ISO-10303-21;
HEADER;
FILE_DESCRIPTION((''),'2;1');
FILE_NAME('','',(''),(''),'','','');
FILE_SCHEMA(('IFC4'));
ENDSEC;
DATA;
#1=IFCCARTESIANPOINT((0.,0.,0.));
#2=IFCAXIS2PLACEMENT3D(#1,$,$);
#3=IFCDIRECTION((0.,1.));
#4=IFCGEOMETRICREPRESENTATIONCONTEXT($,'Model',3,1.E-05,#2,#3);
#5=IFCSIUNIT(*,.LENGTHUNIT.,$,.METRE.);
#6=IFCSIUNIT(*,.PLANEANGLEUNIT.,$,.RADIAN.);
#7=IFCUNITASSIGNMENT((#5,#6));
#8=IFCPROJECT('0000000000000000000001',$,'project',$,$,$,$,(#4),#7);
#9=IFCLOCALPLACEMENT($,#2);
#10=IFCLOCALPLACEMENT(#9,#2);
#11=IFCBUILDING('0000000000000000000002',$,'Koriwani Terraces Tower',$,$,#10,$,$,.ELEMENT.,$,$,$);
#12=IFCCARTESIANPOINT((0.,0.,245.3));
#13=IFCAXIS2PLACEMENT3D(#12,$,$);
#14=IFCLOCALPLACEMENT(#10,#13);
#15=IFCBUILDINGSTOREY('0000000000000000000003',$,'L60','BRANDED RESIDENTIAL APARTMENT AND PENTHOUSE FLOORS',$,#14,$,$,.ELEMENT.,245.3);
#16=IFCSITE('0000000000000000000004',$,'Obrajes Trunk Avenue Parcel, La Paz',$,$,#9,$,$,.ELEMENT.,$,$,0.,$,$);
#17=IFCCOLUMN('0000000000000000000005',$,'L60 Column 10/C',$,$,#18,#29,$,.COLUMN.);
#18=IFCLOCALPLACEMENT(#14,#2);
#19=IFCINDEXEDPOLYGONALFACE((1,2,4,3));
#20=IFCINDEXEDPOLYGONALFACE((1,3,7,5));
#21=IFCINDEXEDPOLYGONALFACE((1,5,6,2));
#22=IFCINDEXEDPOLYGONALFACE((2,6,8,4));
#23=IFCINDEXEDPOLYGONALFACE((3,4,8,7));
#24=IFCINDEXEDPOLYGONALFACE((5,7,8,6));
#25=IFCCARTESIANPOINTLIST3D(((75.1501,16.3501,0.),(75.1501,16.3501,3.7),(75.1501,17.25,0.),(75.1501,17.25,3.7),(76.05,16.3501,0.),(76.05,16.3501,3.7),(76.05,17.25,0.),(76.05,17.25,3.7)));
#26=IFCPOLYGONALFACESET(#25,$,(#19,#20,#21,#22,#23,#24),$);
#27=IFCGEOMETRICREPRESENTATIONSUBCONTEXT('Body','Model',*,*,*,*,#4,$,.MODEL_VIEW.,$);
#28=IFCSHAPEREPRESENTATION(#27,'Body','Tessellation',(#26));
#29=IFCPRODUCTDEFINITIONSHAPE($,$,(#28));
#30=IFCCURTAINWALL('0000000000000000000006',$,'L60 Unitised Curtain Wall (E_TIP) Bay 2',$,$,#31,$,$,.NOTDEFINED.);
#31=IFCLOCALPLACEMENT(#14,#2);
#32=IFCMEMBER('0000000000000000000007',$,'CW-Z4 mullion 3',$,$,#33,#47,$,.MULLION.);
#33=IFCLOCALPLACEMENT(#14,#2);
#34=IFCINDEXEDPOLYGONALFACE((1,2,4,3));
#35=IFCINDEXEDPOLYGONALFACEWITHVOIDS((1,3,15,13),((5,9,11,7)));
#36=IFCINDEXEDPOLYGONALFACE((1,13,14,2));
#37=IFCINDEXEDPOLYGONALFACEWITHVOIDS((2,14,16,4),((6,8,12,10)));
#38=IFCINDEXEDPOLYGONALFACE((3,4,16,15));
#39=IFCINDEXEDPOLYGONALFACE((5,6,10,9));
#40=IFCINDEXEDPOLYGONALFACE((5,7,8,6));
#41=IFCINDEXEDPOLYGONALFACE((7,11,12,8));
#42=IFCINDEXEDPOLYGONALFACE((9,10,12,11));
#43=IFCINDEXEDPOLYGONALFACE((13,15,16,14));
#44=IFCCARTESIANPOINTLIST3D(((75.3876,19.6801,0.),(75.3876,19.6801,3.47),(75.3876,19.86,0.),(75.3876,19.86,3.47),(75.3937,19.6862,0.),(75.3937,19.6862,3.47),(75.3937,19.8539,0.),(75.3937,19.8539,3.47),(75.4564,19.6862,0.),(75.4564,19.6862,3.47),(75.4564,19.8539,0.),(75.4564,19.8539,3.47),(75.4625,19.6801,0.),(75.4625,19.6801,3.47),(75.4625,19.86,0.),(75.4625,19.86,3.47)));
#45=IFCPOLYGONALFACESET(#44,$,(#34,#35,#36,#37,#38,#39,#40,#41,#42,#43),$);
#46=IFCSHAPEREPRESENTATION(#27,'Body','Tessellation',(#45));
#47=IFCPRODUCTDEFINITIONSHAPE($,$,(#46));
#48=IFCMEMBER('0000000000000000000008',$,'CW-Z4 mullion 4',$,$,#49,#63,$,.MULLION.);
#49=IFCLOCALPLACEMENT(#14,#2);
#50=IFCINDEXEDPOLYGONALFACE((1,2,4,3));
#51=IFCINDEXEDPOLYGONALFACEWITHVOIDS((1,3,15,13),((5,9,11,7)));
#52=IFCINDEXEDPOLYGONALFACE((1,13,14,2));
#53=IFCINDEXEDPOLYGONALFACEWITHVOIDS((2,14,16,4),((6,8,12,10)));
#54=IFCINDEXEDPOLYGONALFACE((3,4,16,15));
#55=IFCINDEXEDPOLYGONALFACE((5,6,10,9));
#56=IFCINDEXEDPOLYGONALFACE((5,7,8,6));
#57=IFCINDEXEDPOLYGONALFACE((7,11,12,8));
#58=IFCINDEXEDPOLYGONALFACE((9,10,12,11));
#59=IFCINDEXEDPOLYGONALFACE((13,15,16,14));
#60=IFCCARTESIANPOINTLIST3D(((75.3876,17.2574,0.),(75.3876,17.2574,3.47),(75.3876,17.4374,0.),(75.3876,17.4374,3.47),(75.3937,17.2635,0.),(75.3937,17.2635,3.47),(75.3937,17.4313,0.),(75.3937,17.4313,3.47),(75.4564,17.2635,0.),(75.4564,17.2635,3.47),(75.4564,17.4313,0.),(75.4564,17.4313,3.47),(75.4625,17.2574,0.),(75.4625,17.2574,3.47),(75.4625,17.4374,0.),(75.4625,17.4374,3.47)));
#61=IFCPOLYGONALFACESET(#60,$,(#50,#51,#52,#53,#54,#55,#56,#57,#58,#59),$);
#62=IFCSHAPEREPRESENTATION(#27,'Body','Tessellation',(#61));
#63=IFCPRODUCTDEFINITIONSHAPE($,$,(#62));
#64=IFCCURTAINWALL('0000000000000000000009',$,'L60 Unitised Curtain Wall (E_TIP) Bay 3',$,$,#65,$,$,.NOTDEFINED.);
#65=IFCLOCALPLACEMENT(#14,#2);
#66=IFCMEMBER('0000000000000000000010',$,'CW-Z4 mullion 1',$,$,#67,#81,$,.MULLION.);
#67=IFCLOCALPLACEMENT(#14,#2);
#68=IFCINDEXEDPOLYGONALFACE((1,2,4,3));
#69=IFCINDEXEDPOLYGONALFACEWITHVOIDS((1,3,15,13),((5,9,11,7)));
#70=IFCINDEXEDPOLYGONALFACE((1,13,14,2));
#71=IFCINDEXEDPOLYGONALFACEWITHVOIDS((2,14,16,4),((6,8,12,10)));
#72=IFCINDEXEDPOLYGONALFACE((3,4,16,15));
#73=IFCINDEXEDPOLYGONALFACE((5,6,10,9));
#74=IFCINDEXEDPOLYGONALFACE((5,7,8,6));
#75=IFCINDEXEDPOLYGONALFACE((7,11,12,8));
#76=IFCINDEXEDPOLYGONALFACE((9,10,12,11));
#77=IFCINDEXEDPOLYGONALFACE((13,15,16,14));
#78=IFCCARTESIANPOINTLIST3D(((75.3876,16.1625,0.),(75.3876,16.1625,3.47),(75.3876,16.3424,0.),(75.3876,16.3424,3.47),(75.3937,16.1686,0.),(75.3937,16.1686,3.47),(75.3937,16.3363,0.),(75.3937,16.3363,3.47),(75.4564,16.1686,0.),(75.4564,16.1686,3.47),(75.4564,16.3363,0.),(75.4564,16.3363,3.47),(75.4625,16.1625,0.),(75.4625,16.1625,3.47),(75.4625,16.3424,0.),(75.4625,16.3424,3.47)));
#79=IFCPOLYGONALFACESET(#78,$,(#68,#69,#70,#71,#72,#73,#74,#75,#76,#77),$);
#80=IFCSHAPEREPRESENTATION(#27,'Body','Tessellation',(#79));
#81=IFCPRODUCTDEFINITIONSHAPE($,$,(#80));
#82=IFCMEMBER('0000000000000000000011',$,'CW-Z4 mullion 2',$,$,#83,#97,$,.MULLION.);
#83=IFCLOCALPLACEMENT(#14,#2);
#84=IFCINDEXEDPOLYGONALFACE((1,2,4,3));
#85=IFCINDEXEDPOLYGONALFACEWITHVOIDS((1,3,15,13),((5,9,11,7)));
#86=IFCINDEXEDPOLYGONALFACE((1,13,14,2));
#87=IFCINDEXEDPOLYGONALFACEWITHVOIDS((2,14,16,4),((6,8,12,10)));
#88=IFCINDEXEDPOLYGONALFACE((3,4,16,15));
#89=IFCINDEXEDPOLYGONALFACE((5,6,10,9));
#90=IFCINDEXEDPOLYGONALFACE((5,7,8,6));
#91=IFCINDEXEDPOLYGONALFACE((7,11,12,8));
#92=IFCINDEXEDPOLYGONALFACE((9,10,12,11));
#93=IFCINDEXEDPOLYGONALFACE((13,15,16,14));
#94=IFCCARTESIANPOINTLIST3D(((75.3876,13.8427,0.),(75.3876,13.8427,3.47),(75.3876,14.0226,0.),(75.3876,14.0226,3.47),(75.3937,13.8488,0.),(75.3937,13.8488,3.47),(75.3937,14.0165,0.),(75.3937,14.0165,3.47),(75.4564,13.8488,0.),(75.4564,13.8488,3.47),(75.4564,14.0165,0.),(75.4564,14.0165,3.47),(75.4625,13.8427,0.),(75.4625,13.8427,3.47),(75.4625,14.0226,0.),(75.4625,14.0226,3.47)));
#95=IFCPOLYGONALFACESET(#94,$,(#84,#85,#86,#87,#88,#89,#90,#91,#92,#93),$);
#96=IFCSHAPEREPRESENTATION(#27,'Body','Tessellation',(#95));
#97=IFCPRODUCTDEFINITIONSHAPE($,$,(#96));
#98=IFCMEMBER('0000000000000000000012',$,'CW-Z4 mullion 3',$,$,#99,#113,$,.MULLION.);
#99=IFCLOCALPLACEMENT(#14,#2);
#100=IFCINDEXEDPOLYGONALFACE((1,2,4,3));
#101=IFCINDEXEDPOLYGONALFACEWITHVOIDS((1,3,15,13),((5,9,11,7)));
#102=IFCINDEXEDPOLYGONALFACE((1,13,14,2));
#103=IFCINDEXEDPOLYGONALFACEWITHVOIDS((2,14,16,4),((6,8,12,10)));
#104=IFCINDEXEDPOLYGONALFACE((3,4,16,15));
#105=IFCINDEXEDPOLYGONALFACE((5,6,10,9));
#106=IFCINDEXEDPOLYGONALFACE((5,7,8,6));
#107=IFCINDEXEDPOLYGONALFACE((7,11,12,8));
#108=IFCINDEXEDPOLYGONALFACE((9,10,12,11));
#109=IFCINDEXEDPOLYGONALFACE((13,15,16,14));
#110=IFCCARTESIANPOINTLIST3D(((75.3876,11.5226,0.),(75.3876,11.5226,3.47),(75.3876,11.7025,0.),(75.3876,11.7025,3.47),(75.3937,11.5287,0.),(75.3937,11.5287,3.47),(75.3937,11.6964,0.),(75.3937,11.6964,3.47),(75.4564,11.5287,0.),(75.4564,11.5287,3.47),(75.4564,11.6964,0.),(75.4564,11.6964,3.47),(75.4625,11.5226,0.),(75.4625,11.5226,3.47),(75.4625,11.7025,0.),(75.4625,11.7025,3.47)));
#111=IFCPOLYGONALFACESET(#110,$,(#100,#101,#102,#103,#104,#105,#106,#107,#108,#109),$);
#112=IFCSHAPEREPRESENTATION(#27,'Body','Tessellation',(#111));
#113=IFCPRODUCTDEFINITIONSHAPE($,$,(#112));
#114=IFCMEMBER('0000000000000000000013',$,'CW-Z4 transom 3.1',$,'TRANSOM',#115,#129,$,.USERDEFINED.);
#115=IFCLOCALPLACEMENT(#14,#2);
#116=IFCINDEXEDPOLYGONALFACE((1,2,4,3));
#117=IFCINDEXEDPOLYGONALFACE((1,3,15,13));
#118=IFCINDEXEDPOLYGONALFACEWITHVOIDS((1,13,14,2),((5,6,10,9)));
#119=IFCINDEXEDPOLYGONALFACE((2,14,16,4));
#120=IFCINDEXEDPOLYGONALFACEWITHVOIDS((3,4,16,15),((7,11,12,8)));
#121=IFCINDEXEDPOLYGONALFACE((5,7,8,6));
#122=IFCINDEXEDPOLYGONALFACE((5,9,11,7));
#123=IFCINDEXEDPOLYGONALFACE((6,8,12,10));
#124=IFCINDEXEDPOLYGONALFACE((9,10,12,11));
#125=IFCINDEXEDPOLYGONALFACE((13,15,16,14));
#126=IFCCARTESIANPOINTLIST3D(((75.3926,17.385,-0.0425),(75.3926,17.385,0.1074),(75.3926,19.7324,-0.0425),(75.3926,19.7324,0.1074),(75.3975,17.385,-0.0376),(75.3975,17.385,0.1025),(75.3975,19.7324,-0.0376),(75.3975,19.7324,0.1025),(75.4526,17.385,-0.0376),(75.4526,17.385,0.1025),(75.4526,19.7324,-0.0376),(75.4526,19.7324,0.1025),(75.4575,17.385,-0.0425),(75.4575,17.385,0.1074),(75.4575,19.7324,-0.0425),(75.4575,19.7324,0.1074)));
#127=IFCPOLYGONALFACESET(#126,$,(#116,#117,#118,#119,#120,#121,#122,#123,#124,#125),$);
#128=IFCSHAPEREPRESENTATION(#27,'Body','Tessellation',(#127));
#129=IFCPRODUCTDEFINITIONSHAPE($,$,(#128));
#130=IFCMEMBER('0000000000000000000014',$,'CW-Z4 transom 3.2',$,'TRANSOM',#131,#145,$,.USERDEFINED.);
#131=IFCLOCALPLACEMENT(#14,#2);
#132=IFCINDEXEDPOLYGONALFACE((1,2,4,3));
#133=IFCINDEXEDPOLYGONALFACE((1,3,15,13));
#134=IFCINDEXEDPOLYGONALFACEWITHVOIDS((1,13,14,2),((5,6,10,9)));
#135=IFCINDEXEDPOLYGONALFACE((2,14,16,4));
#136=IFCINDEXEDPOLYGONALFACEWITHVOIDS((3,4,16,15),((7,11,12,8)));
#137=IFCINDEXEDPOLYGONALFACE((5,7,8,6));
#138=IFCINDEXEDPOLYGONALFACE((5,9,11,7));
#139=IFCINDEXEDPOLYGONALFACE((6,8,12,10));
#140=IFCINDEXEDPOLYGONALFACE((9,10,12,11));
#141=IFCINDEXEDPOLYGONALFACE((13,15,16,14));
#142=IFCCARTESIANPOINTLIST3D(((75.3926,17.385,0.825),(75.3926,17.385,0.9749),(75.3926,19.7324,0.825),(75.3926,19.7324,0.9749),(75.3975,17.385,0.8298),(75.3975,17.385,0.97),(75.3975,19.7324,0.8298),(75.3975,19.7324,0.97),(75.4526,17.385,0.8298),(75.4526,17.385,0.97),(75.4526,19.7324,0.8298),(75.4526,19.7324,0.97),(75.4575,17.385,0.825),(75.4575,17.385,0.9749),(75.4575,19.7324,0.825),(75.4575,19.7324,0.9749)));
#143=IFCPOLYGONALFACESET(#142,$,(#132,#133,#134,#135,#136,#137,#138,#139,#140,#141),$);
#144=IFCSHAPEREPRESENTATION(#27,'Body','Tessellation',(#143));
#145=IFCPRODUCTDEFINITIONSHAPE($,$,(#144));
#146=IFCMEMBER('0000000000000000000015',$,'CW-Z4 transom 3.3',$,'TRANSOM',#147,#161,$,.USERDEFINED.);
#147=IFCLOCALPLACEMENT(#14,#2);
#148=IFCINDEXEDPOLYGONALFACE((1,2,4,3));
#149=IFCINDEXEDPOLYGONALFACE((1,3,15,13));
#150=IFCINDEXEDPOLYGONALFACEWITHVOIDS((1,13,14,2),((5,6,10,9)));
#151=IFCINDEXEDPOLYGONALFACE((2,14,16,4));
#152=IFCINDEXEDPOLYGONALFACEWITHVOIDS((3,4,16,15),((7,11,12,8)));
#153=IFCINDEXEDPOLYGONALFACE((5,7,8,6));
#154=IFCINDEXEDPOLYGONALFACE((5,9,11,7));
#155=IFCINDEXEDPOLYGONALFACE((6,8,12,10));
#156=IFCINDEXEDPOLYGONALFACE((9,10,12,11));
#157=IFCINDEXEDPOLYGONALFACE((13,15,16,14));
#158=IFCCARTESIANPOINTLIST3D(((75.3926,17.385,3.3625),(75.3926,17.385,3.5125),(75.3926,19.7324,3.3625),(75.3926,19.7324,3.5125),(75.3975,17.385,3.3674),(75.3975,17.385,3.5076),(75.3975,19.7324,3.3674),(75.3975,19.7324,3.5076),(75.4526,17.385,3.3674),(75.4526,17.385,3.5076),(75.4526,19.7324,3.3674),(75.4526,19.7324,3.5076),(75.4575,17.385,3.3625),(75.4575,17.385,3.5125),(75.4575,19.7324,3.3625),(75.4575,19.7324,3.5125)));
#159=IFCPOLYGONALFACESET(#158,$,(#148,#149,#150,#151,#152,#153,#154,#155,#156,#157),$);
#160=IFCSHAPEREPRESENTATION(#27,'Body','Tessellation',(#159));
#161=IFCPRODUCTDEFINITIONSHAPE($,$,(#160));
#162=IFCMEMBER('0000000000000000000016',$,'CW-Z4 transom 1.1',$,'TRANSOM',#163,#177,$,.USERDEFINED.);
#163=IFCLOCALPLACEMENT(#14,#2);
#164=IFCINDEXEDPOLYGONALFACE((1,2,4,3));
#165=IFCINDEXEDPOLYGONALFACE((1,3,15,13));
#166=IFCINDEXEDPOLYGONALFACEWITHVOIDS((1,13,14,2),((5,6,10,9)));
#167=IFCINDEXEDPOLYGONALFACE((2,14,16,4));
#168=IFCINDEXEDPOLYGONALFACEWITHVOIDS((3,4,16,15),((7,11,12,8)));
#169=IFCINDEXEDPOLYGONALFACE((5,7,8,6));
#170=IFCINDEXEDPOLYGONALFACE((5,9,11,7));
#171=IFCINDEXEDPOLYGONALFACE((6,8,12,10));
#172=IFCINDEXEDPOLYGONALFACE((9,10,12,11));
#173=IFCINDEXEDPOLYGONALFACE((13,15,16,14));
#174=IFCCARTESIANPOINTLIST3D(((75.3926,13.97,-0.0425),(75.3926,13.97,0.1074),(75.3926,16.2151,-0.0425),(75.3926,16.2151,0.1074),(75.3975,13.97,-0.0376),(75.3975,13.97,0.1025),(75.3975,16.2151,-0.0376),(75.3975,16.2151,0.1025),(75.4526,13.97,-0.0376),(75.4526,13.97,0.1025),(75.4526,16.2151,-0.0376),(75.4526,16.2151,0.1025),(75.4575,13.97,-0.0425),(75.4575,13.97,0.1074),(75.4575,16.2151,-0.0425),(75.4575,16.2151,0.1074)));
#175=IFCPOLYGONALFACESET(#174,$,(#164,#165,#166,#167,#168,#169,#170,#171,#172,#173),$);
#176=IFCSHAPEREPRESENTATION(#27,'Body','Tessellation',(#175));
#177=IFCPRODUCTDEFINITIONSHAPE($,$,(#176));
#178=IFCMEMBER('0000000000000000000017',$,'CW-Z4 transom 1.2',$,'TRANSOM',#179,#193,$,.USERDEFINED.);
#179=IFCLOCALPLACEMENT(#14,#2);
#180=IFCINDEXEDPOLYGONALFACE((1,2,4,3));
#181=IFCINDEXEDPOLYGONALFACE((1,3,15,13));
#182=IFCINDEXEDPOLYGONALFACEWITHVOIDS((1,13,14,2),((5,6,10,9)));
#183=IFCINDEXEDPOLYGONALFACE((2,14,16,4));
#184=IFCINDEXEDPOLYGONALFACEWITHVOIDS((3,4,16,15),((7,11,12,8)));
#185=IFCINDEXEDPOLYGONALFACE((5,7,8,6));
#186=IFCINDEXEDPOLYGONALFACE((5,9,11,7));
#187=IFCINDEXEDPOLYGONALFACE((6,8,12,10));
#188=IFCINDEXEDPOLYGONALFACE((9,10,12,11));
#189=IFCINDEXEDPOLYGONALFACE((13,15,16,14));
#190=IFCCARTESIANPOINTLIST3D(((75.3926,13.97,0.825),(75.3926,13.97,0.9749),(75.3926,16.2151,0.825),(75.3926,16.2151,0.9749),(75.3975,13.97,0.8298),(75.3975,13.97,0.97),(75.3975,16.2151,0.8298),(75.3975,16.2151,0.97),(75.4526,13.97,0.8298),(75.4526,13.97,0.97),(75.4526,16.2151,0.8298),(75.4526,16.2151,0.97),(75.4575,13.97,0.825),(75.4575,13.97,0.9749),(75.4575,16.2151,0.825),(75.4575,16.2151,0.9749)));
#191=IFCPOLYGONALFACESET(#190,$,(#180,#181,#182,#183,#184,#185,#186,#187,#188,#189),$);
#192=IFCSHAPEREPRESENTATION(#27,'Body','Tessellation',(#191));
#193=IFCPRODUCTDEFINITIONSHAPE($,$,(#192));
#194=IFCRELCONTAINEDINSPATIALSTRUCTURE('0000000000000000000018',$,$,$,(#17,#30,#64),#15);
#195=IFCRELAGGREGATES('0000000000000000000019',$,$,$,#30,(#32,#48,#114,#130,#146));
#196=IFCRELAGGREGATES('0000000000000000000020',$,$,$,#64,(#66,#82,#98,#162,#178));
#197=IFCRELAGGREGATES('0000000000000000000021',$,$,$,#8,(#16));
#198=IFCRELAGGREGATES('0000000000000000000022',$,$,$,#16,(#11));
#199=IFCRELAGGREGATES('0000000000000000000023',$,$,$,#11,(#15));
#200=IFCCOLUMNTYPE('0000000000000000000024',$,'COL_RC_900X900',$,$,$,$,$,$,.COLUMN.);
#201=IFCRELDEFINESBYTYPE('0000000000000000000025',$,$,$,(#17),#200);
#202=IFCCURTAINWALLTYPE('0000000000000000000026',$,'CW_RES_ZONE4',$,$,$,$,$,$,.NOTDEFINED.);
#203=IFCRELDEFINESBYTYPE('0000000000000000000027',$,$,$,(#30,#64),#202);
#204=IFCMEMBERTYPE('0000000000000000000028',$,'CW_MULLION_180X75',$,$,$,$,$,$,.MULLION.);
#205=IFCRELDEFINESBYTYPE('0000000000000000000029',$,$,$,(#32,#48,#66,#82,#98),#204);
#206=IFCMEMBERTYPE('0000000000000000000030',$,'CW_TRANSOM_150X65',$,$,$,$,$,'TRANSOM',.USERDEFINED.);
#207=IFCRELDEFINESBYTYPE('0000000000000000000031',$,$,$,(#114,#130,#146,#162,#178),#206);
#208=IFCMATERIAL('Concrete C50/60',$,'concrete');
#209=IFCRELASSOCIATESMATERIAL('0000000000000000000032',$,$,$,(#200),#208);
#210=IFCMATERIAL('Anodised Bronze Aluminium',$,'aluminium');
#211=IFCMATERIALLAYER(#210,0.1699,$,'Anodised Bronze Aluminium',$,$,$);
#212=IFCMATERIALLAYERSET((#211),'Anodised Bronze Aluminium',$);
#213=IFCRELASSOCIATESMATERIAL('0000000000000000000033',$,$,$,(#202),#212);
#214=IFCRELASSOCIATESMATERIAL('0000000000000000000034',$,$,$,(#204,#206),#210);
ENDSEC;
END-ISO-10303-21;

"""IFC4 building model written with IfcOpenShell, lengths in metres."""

from ifc_helpers import new_model, si_unit, direction, frame, origin, origin_2d, place, context, subcontext, project, spatial, rectangle, hollow_rectangle, extrude, material, layer, layer_set, material_profile, profile_set, type_object, element, aggregate, save


model = new_model("IFC4")

# Units and contexts
model_context = context("Model", 3, precision=1e-05, world=origin(), true_north=direction((0.0, 1.0)))
body_context = subcontext(model_context, "Body", "Model", "MODEL_VIEW")
ifc_project = project(units=[si_unit("LENGTHUNIT", "METRE"), si_unit("PLANEANGLEUNIT", "RADIAN")], contexts=[model_context])

# Site, building, storey
site_placement = place(None, origin())
site = spatial("IfcSite", under=ifc_project, at=site_placement, Name="Obrajes Trunk Avenue Parcel, La Paz", CompositionType="ELEMENT", RefElevation=0.0)
building_placement = place(site_placement, origin())
building = spatial("IfcBuilding", under=site, at=building_placement, Name="Koriwani Terraces Tower", CompositionType="ELEMENT")
storey_placement = place(building_placement, frame((0.0, 0.0, 245.3)))
storey = spatial("IfcBuildingStorey", under=building, at=storey_placement, Name="L60", Description="BRANDED RESIDENTIAL APARTMENT AND PENTHOUSE FLOORS", CompositionType="ELEMENT", Elevation=245.3)

# Column
ifc_material_1 = material(Name="Concrete C50/60", Category="concrete")
ifc_material_profile_1 = material_profile(ifc_material_1, rectangle(XDim=0.8999, YDim=0.8999, at=origin_2d()), Name="Concrete C50/60", Category="LoadBearing")
ifc_profile_set_1 = profile_set([ifc_material_profile_1], Name="Concrete C50/60")
column_type = type_object("IfcColumnType", Name="COL_RC_900X900", PredefinedType="COLUMN", material=ifc_profile_set_1)
column_placement = place(storey_placement, frame((75.6001, 16.8, 0.0), z_axis=(0.0, 0.0, 1.0), x_axis=(1.0, 0.0, 0.0)))
element("IfcColumn", 1, at=column_placement, inside=storey, type_object=column_type, Name="L60 Column 10/C", PredefinedType="COLUMN", context=body_context, shape_type="SweptSolid", body=[
    extrude(rectangle(XDim=0.8999, YDim=0.8999, at=origin_2d()), origin(), (0.0, 0.0, 1.0), 3.7),
])

# Curtain walls, members
ifc_material_2 = material(Name="Anodised Bronze Aluminium", Category="aluminium")
ifc_layer_1 = layer(ifc_material_2, 0.1699, Name="Anodised Bronze Aluminium")
ifc_layer_set_1 = layer_set([ifc_layer_1], Name="Anodised Bronze Aluminium")
curtain_wall_type = type_object("IfcCurtainWallType", Name="CW_RES_ZONE4", PredefinedType="NOTDEFINED", material=ifc_layer_set_1)
curtain_wall_1_placement = place(storey_placement, origin())
curtain_wall_1 = element("IfcCurtainWall", 2, at=curtain_wall_1_placement, inside=storey, type_object=curtain_wall_type, Name="L60 Unitised Curtain Wall (E_TIP) Bay 2", PredefinedType="NOTDEFINED")
ifc_material_profile_2 = material_profile(ifc_material_2, hollow_rectangle(XDim=0.075, YDim=0.1799, WallThickness=0.0061, at=origin_2d()), Name="Anodised Bronze Aluminium", Category="LoadBearing")
ifc_profile_set_2 = profile_set([ifc_material_profile_2], Name="Anodised Bronze Aluminium")
member_type_1 = type_object("IfcMemberType", Name="CW_MULLION_180X75", PredefinedType="MULLION", material=ifc_profile_set_2)
member_1_placement = place(storey_placement, frame((75.425, 19.77, 0.0), z_axis=(0.0, 0.0, 1.0), x_axis=(1.0, 0.0, 0.0)))
member_1 = element("IfcMember", 3, at=member_1_placement, type_object=member_type_1, Name="CW-Z4 mullion 3", PredefinedType="MULLION", context=body_context, shape_type="SweptSolid", body=[
    extrude(hollow_rectangle(XDim=0.075, YDim=0.1799, WallThickness=0.0061, at=origin_2d()), origin(), (0.0, 0.0, 1.0), 3.47),
])
member_2_placement = place(storey_placement, frame((75.425, 17.3474, 0.0), z_axis=(0.0, 0.0, 1.0), x_axis=(1.0, 0.0, 0.0)))
member_2 = element("IfcMember", 4, at=member_2_placement, type_object=member_type_1, Name="CW-Z4 mullion 4", PredefinedType="MULLION", context=body_context, shape_type="SweptSolid", body=[
    extrude(hollow_rectangle(XDim=0.075, YDim=0.1799, WallThickness=0.0061, at=origin_2d()), origin(), (0.0, 0.0, 1.0), 3.47),
])
curtain_wall_2_placement = place(storey_placement, origin())
curtain_wall_2 = element("IfcCurtainWall", 5, at=curtain_wall_2_placement, inside=storey, type_object=curtain_wall_type, Name="L60 Unitised Curtain Wall (E_TIP) Bay 3", PredefinedType="NOTDEFINED")
member_3_placement = place(storey_placement, frame((75.425, 16.2524, 0.0), z_axis=(0.0, 0.0, 1.0), x_axis=(1.0, 0.0, 0.0)))
member_3 = element("IfcMember", 6, at=member_3_placement, type_object=member_type_1, Name="CW-Z4 mullion 1", PredefinedType="MULLION", context=body_context, shape_type="SweptSolid", body=[
    extrude(hollow_rectangle(XDim=0.075, YDim=0.1799, WallThickness=0.0061, at=origin_2d()), origin(), (0.0, 0.0, 1.0), 3.47),
])
member_4_placement = place(storey_placement, frame((75.425, 13.9326, 0.0), z_axis=(0.0, 0.0, 1.0), x_axis=(1.0, 0.0, 0.0)))
member_4 = element("IfcMember", 7, at=member_4_placement, type_object=member_type_1, Name="CW-Z4 mullion 2", PredefinedType="MULLION", context=body_context, shape_type="SweptSolid", body=[
    extrude(hollow_rectangle(XDim=0.075, YDim=0.1799, WallThickness=0.0061, at=origin_2d()), origin(), (0.0, 0.0, 1.0), 3.47),
])
member_5_placement = place(storey_placement, frame((75.425, 11.6125, 0.0), z_axis=(0.0, 0.0, 1.0), x_axis=(1.0, 0.0, 0.0)))
member_5 = element("IfcMember", 8, at=member_5_placement, type_object=member_type_1, Name="CW-Z4 mullion 3", PredefinedType="MULLION", context=body_context, shape_type="SweptSolid", body=[
    extrude(hollow_rectangle(XDim=0.075, YDim=0.1799, WallThickness=0.0061, at=origin_2d()), origin(), (0.0, 0.0, 1.0), 3.47),
])

# Members
ifc_material_profile_3 = material_profile(ifc_material_2, hollow_rectangle(XDim=0.0649, YDim=0.1499, WallThickness=0.0049, at=origin_2d()), Name="Anodised Bronze Aluminium", Category="LoadBearing")
ifc_profile_set_3 = profile_set([ifc_material_profile_3], Name="Anodised Bronze Aluminium")
member_type_2 = type_object("IfcMemberType", Name="CW_TRANSOM_150X65", ElementType="TRANSOM", PredefinedType="USERDEFINED", material=ifc_profile_set_3)
member_6_placement = place(storey_placement, frame((75.425, 19.7324, 0.0325), z_axis=(0.0, -1.0, 0.0), x_axis=(1.0, 0.0, 0.0)))
member_6 = element("IfcMember", 9, at=member_6_placement, type_object=member_type_2, Name="CW-Z4 transom 3.1", ObjectType="TRANSOM", PredefinedType="USERDEFINED", context=body_context, shape_type="SweptSolid", body=[
    extrude(hollow_rectangle(XDim=0.0649, YDim=0.1499, WallThickness=0.0049, at=origin_2d()), origin(), (0.0, 0.0, 1.0), 2.3474),
])
member_7_placement = place(storey_placement, frame((75.425, 19.7324, 0.8999), z_axis=(0.0, -1.0, 0.0), x_axis=(1.0, 0.0, 0.0)))
member_7 = element("IfcMember", 10, at=member_7_placement, type_object=member_type_2, Name="CW-Z4 transom 3.2", ObjectType="TRANSOM", PredefinedType="USERDEFINED", context=body_context, shape_type="SweptSolid", body=[
    extrude(hollow_rectangle(XDim=0.0649, YDim=0.1499, WallThickness=0.0049, at=origin_2d()), origin(), (0.0, 0.0, 1.0), 2.3474),
])
member_8_placement = place(storey_placement, frame((75.425, 19.7324, 3.4375), z_axis=(0.0, -1.0, 0.0), x_axis=(1.0, 0.0, 0.0)))
member_8 = element("IfcMember", 11, at=member_8_placement, type_object=member_type_2, Name="CW-Z4 transom 3.3", ObjectType="TRANSOM", PredefinedType="USERDEFINED", context=body_context, shape_type="SweptSolid", body=[
    extrude(hollow_rectangle(XDim=0.0649, YDim=0.1499, WallThickness=0.0049, at=origin_2d()), origin(), (0.0, 0.0, 1.0), 2.3474),
])
member_9_placement = place(storey_placement, frame((75.425, 16.2151, 0.0325), z_axis=(0.0, -1.0, 0.0), x_axis=(1.0, 0.0, 0.0)))
member_9 = element("IfcMember", 12, at=member_9_placement, type_object=member_type_2, Name="CW-Z4 transom 1.1", ObjectType="TRANSOM", PredefinedType="USERDEFINED", context=body_context, shape_type="SweptSolid", body=[
    extrude(hollow_rectangle(XDim=0.0649, YDim=0.1499, WallThickness=0.0049, at=origin_2d()), origin(), (0.0, 0.0, 1.0), 2.2451),
])
member_10_placement = place(storey_placement, frame((75.425, 16.2151, 0.8999), z_axis=(0.0, -1.0, 0.0), x_axis=(1.0, 0.0, 0.0)))
member_10 = element("IfcMember", 13, at=member_10_placement, type_object=member_type_2, Name="CW-Z4 transom 1.2", ObjectType="TRANSOM", PredefinedType="USERDEFINED", context=body_context, shape_type="SweptSolid", body=[
    extrude(hollow_rectangle(XDim=0.0649, YDim=0.1499, WallThickness=0.0049, at=origin_2d()), origin(), (0.0, 0.0, 1.0), 2.2451),
])

aggregate(curtain_wall_1, [member_1, member_2, member_6, member_7, member_8])
aggregate(curtain_wall_2, [member_3, member_4, member_5, member_9, member_10])

save(model, "model.ifc")
